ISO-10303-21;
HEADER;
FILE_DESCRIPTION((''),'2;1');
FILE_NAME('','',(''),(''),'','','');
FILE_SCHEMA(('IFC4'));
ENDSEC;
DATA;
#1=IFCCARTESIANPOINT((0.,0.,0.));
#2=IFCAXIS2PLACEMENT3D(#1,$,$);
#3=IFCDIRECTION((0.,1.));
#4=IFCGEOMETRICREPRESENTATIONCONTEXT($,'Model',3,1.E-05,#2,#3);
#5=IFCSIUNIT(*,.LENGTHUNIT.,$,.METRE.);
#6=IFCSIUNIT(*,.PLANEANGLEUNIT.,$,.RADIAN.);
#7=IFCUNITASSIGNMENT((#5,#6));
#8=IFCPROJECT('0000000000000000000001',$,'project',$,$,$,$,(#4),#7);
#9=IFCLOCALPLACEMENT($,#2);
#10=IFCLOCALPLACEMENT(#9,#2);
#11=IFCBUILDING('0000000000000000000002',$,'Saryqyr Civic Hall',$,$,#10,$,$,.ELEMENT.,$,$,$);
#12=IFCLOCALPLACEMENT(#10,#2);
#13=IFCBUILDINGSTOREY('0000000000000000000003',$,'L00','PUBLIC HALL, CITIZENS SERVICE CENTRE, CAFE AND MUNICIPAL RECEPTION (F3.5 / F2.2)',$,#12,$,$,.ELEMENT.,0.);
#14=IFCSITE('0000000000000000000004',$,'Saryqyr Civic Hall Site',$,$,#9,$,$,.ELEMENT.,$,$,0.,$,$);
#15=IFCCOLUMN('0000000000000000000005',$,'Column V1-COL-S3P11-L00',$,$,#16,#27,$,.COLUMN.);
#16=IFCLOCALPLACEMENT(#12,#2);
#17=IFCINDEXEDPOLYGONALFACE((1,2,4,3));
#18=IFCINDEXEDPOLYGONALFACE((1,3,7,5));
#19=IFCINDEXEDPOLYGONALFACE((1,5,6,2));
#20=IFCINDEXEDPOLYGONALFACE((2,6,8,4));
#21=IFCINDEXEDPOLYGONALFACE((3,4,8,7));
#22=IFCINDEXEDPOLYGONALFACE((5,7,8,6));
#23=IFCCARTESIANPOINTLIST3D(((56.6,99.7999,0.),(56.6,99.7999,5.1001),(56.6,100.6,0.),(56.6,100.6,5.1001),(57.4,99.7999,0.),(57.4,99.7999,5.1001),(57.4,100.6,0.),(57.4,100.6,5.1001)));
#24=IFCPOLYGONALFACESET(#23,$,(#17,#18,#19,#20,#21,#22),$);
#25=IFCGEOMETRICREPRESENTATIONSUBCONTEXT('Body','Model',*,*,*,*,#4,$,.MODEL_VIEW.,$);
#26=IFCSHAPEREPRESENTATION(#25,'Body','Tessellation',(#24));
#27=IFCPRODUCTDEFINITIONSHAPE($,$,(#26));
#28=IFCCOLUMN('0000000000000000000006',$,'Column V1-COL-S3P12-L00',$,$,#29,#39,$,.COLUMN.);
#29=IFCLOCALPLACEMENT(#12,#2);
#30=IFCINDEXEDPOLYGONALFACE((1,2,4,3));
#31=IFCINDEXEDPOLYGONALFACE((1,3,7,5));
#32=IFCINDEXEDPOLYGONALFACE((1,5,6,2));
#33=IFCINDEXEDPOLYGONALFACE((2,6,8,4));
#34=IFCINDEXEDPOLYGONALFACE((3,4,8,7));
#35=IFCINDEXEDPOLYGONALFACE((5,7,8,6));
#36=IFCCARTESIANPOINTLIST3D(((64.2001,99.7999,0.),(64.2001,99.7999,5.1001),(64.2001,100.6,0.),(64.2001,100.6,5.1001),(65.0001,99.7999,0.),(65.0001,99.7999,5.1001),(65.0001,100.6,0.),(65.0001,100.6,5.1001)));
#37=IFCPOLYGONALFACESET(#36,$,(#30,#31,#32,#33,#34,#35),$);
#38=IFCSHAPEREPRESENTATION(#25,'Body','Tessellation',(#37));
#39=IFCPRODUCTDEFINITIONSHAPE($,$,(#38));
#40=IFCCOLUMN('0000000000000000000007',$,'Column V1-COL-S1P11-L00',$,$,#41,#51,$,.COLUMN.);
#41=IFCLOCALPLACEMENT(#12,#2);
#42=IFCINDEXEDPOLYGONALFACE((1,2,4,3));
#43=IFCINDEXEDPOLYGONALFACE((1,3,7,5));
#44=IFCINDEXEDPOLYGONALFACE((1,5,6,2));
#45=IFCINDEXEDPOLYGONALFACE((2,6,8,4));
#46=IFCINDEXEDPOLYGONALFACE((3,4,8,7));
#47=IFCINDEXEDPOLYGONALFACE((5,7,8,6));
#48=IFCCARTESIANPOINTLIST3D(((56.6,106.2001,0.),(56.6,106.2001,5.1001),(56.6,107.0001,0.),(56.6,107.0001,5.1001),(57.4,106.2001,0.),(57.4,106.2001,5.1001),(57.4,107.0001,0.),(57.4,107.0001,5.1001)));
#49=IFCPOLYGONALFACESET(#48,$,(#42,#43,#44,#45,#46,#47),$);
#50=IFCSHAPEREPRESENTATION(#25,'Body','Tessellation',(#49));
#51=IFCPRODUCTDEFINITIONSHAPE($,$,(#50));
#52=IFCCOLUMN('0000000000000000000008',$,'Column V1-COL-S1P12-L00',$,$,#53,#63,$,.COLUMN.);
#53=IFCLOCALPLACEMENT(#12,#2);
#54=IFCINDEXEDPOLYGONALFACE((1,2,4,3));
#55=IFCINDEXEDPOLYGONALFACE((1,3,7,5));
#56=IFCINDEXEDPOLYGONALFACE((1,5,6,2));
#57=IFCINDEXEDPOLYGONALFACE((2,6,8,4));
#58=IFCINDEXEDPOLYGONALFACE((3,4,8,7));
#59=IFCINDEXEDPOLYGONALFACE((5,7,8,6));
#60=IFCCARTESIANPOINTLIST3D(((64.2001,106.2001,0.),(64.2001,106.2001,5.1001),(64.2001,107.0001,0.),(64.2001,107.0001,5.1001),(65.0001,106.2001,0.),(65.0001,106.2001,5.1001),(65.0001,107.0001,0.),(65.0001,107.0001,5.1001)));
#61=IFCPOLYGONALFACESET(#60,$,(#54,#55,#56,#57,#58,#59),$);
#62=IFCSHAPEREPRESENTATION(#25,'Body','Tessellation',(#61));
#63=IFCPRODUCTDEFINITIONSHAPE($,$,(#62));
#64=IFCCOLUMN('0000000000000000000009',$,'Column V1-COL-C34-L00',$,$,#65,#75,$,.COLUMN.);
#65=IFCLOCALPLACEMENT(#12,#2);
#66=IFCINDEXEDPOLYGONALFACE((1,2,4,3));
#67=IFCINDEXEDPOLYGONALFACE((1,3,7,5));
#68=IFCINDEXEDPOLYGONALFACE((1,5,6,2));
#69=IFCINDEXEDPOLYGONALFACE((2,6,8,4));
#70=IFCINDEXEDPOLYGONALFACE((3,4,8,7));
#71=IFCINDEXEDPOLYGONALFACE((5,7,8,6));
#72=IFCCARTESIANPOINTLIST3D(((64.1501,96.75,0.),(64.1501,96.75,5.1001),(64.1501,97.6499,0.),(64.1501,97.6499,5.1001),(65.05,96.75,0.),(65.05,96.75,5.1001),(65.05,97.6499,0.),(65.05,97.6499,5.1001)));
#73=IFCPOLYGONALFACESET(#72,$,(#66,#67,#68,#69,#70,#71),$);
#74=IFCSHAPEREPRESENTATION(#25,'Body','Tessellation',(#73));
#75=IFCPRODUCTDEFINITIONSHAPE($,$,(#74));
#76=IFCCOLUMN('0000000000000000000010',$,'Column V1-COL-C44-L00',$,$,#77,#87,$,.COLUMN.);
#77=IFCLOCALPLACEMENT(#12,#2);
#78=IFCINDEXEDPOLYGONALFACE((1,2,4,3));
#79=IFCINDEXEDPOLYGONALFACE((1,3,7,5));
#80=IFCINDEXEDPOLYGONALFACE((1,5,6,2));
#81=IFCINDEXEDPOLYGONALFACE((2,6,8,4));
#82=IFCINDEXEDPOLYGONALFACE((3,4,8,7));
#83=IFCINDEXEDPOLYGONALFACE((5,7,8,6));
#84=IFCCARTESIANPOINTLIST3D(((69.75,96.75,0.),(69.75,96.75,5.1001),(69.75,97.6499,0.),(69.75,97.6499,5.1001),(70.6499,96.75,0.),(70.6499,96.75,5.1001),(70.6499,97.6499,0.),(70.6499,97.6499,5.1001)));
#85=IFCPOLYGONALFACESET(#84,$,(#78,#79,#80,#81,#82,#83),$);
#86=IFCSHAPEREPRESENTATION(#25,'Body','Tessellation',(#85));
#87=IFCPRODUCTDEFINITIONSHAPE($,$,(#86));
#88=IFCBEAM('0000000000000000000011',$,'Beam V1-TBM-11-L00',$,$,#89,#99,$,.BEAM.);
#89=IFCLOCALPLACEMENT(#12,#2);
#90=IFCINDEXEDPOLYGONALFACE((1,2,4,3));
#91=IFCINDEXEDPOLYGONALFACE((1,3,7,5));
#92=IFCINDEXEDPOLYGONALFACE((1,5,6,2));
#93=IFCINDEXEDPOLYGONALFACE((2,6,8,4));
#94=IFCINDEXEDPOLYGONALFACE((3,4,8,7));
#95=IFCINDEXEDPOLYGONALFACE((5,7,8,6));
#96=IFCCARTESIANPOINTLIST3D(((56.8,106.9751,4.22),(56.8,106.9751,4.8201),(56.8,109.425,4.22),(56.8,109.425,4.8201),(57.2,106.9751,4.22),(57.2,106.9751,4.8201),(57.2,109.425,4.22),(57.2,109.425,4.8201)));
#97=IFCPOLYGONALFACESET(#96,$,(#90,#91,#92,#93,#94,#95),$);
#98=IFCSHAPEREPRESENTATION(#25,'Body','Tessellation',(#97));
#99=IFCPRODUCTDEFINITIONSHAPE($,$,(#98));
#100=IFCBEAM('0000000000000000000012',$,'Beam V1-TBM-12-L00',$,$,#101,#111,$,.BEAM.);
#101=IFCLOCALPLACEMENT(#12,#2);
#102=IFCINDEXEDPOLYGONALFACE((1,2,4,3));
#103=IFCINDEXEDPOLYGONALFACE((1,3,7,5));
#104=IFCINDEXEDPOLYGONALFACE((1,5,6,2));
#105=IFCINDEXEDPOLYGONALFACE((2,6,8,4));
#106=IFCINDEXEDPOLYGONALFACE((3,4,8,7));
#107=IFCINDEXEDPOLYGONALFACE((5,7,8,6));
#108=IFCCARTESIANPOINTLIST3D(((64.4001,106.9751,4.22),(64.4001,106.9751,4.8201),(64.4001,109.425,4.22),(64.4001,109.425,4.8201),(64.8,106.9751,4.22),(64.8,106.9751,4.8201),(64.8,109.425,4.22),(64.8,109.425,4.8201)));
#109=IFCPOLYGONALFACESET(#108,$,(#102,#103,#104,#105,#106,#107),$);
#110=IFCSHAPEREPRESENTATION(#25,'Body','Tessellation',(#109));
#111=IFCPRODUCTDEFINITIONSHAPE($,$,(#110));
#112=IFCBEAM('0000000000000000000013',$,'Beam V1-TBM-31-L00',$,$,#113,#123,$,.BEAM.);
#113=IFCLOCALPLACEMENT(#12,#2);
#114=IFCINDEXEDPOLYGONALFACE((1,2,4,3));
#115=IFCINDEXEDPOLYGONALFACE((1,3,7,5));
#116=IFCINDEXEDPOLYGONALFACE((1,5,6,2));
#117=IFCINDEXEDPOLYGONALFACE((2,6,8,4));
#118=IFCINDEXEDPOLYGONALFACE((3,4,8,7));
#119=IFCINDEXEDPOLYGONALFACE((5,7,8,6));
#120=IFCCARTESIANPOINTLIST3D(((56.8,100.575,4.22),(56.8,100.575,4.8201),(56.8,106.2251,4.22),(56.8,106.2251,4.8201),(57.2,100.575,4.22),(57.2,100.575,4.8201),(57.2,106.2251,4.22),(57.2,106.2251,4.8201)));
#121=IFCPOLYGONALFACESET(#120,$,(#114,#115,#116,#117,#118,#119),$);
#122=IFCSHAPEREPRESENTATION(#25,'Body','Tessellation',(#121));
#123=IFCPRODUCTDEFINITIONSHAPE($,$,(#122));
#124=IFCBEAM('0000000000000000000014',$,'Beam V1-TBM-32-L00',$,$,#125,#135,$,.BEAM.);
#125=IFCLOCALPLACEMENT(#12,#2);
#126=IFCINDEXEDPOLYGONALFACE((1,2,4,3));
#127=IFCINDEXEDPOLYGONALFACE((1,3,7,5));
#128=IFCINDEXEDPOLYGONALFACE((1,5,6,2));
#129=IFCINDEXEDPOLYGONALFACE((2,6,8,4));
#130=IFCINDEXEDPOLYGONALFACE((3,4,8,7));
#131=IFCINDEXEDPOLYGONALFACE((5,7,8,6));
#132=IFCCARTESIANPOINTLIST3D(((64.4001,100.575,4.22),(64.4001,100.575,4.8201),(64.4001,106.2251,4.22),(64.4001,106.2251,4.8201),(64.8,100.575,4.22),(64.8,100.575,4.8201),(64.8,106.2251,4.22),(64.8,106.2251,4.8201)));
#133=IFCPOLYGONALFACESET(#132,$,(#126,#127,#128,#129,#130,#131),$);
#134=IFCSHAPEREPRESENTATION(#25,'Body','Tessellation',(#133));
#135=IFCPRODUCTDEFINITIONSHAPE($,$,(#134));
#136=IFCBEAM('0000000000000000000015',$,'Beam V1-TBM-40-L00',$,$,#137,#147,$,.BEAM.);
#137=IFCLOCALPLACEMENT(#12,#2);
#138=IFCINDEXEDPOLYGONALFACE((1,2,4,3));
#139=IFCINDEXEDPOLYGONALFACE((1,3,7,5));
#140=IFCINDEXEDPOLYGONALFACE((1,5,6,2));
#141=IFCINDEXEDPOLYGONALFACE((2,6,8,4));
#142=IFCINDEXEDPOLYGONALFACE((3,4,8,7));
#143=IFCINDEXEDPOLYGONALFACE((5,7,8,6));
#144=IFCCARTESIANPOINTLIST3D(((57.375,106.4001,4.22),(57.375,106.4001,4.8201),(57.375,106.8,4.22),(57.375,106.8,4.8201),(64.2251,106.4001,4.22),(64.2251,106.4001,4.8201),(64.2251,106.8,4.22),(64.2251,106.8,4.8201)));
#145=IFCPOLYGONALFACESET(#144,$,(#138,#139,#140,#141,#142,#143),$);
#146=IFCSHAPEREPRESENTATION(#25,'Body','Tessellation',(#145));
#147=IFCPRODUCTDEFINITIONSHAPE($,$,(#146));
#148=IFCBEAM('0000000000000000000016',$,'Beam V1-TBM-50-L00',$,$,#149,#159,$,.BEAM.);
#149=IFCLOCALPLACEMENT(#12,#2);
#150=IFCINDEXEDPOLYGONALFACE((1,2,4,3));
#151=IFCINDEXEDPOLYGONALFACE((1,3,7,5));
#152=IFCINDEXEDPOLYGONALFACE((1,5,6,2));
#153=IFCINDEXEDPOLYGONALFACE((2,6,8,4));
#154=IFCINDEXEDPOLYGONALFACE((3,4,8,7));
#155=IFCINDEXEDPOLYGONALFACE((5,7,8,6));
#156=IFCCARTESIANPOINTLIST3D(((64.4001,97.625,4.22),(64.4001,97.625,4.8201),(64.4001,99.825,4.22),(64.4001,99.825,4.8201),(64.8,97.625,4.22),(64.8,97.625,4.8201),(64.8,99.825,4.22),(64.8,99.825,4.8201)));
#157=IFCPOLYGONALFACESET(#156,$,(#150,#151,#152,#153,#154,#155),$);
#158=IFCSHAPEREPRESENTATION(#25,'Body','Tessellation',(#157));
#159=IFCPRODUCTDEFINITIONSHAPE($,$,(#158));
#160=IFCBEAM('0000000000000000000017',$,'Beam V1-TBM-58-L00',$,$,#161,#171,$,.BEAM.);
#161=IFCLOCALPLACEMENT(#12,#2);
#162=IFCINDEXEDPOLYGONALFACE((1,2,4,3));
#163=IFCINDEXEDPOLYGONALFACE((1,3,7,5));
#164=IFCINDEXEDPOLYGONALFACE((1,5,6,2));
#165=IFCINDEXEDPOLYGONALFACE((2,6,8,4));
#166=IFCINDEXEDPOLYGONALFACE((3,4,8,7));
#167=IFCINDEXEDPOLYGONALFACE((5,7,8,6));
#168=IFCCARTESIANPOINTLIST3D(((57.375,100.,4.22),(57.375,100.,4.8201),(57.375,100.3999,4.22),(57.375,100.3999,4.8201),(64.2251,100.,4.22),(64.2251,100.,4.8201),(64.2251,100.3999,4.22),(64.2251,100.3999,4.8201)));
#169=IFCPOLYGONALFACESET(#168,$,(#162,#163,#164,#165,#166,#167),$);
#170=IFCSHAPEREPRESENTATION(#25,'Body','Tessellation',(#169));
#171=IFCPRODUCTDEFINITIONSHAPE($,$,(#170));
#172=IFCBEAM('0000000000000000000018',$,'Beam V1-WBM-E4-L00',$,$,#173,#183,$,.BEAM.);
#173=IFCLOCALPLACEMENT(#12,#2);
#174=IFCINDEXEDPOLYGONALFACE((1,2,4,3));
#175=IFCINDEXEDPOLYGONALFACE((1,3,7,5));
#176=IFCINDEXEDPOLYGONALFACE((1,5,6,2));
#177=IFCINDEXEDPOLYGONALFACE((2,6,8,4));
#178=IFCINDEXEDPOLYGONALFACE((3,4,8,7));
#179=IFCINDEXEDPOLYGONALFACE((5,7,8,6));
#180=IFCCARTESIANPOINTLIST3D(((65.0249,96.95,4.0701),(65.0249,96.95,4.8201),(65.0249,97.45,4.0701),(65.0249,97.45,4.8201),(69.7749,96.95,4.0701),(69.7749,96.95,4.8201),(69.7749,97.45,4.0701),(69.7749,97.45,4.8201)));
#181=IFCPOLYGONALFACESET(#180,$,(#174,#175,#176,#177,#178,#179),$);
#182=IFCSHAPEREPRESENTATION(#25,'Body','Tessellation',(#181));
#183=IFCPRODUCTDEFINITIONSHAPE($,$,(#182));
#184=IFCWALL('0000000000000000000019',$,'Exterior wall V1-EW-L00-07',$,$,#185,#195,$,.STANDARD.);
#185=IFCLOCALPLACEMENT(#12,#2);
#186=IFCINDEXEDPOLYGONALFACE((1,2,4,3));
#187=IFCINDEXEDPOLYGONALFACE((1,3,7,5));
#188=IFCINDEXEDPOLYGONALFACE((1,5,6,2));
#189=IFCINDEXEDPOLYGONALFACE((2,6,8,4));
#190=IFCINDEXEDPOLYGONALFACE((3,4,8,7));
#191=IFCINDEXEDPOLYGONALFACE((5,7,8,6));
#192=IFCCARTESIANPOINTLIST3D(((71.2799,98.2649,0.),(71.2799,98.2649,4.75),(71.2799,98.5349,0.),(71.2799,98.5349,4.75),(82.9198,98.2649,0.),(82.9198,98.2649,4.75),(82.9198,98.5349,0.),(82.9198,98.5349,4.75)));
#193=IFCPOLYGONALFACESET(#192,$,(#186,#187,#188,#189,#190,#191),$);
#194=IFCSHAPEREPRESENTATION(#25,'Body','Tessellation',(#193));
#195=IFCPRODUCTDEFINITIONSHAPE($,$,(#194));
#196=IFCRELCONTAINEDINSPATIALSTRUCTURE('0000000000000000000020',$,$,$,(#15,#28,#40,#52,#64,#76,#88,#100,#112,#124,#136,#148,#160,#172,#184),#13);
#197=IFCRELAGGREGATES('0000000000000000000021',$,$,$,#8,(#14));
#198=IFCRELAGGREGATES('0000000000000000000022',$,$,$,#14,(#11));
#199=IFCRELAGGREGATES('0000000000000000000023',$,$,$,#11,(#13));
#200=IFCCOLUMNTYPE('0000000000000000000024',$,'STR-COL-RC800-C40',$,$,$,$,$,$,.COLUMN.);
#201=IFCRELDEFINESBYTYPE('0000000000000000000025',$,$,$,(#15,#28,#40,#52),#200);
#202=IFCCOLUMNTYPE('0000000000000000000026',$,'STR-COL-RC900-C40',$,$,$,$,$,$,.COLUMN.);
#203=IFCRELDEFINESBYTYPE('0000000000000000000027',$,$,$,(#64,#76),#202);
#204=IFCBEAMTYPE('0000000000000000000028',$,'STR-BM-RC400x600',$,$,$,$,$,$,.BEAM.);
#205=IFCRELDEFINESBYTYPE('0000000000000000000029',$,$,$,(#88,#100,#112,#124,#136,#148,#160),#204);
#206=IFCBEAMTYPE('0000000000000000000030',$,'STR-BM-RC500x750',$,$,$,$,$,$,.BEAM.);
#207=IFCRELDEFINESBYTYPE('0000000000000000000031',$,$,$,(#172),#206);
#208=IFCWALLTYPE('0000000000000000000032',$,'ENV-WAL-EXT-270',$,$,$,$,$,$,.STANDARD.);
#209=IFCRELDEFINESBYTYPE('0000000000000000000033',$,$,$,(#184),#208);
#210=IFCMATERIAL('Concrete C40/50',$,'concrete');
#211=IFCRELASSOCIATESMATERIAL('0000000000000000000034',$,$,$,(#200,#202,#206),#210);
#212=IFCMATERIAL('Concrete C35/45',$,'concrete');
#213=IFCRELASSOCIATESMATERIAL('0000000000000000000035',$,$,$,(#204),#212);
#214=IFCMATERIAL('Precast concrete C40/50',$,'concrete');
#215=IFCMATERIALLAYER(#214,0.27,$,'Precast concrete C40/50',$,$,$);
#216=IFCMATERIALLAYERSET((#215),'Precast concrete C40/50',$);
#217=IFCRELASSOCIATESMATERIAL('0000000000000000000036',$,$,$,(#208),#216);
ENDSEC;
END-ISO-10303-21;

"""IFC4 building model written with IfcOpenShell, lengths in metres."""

from ifc_helpers import new_model, si_unit, direction, frame, frame_2d, origin, origin_2d, place, context, subcontext, project, spatial, rectangle, extrude, material, layer, layer_set, material_profile, profile_set, type_object, element, save


model = new_model("IFC4")

# Units and contexts
model_context = context("Model", 3, precision=1e-05, world=origin(), true_north=direction((0.0, 1.0)))
body_context = subcontext(model_context, "Body", "Model", "MODEL_VIEW")
ifc_project = project(units=[si_unit("LENGTHUNIT", "METRE"), si_unit("PLANEANGLEUNIT", "RADIAN")], contexts=[model_context])

# Site, building, storey
site_placement = place(None, origin())
site = spatial("IfcSite", under=ifc_project, at=site_placement, Name="Saryqyr Civic Hall Site", CompositionType="ELEMENT", RefElevation=0.0)
building_placement = place(site_placement, origin())
building = spatial("IfcBuilding", under=site, at=building_placement, Name="Saryqyr Civic Hall", CompositionType="ELEMENT")
storey_placement = place(building_placement, origin())
storey = spatial("IfcBuildingStorey", under=building, at=storey_placement, Name="L00", Description="PUBLIC HALL, CITIZENS SERVICE CENTRE, CAFE AND MUNICIPAL RECEPTION (F3.5 / F2.2)", CompositionType="ELEMENT", Elevation=0.0)

# Columns
ifc_material_1 = material(Name="Concrete C40/50", Category="concrete")
ifc_material_profile_1 = material_profile(ifc_material_1, rectangle(XDim=0.8, YDim=0.8, at=origin_2d()), Name="RC 800x800")
ifc_profile_set_1 = profile_set([ifc_material_profile_1], Name="Concrete C40/50")
column_type_1 = type_object("IfcColumnType", Name="STR-COL-RC800-C40", PredefinedType="COLUMN", material=ifc_profile_set_1)
for number, where, z_axis, x_axis, name in (
    (1, (57.0, 100.2, 0.0), (0.0, 0.0, 1.0), (1.0, 0.0, 0.0), "Column V1-COL-S3P11-L00"),
    (2, (64.6001, 100.2, 0.0), (0.0, 0.0, 1.0), (1.0, 0.0, 0.0), "Column V1-COL-S3P12-L00"),
    (3, (57.0, 106.6001, 0.0), (0.0, 0.0, 1.0), (1.0, 0.0, 0.0), "Column V1-COL-S1P11-L00"),
    (4, (64.6001, 106.6001, 0.0), (0.0, 0.0, 1.0), (1.0, 0.0, 0.0), "Column V1-COL-S1P12-L00"),
):
    element("IfcColumn", number, at=place(storey_placement, frame(where, z_axis=z_axis, x_axis=x_axis)), inside=storey, type_object=column_type_1, Name=name, PredefinedType="COLUMN", context=body_context, shape_type="SweptSolid", body=[
        extrude(rectangle(XDim=0.8, YDim=0.8, at=origin_2d()), origin(), (0.0, 0.0, 1.0), 5.1001),
    ])
ifc_material_profile_2 = material_profile(ifc_material_1, rectangle(XDim=0.8999, YDim=0.8999, at=origin_2d()), Name="RC 900x900")
ifc_profile_set_2 = profile_set([ifc_material_profile_2], Name="Concrete C40/50")
column_type_2 = type_object("IfcColumnType", Name="STR-COL-RC900-C40", PredefinedType="COLUMN", material=ifc_profile_set_2)
for number, where, z_axis, x_axis, name in (
    (5, (64.6001, 97.2, 0.0), (0.0, 0.0, 1.0), (1.0, 0.0, 0.0), "Column V1-COL-C34-L00"),
    (6, (70.2, 97.2, 0.0), (0.0, 0.0, 1.0), (1.0, 0.0, 0.0), "Column V1-COL-C44-L00"),
):
    element("IfcColumn", number, at=place(storey_placement, frame(where, z_axis=z_axis, x_axis=x_axis)), inside=storey, type_object=column_type_2, Name=name, PredefinedType="COLUMN", context=body_context, shape_type="SweptSolid", body=[
        extrude(rectangle(XDim=0.8999, YDim=0.8999, at=origin_2d()), origin(), (0.0, 0.0, 1.0), 5.1001),
    ])

# Beams
ifc_material_2 = material(Name="Concrete C35/45", Category="concrete")
ifc_material_profile_3 = material_profile(ifc_material_2, rectangle(XDim=0.3999, YDim=0.6001, at=origin_2d()), Name="RC 400x600")
ifc_profile_set_3 = profile_set([ifc_material_profile_3], Name="Concrete C35/45")
beam_type_1 = type_object("IfcBeamType", Name="STR-BM-RC400x600", PredefinedType="BEAM", material=ifc_profile_set_3)
for number, where, z_axis, x_axis, name in (
    (7, (57.0, 106.9751, 4.52), (0.0, 1.0, 0.0), (-1.0, 0.0, 0.0), "Beam V1-TBM-11-L00"),
    (8, (64.6001, 106.9751, 4.52), (0.0, 1.0, 0.0), (-1.0, 0.0, 0.0), "Beam V1-TBM-12-L00"),
):
    element("IfcBeam", number, at=place(storey_placement, frame(where, z_axis=z_axis, x_axis=x_axis)), inside=storey, type_object=beam_type_1, Name=name, PredefinedType="BEAM", context=body_context, shape_type="SweptSolid", body=[
        extrude(rectangle(XDim=0.3999, YDim=0.6001, at=origin_2d()), origin(), (0.0, 0.0, 1.0), 2.45),
    ])
for number, where, z_axis, x_axis, name in (
    (9, (57.0, 100.575, 4.52), (0.0, 1.0, 0.0), (-1.0, 0.0, 0.0), "Beam V1-TBM-31-L00"),
    (10, (64.6001, 100.575, 4.52), (0.0, 1.0, 0.0), (-1.0, 0.0, 0.0), "Beam V1-TBM-32-L00"),
):
    element("IfcBeam", number, at=place(storey_placement, frame(where, z_axis=z_axis, x_axis=x_axis)), inside=storey, type_object=beam_type_1, Name=name, PredefinedType="BEAM", context=body_context, shape_type="SweptSolid", body=[
        extrude(rectangle(XDim=0.3999, YDim=0.6001, at=origin_2d()), origin(), (0.0, 0.0, 1.0), 5.6501),
    ])
beam_1_placement = place(storey_placement, frame((57.375, 106.6001, 4.52), z_axis=(1.0, 0.0, 0.0), x_axis=(0.0, 1.0, 0.0)))
element("IfcBeam", 11, at=beam_1_placement, inside=storey, type_object=beam_type_1, Name="Beam V1-TBM-40-L00", PredefinedType="BEAM", context=body_context, shape_type="SweptSolid", body=[
    extrude(rectangle(XDim=0.3999, YDim=0.6001, at=origin_2d()), origin(), (0.0, 0.0, 1.0), 6.8501),
])
beam_2_placement = place(storey_placement, frame((64.6001, 97.625, 4.52), z_axis=(0.0, 1.0, 0.0), x_axis=(-1.0, 0.0, 0.0)))
element("IfcBeam", 12, at=beam_2_placement, inside=storey, type_object=beam_type_1, Name="Beam V1-TBM-50-L00", PredefinedType="BEAM", context=body_context, shape_type="SweptSolid", body=[
    extrude(rectangle(XDim=0.3999, YDim=0.6001, at=origin_2d()), origin(), (0.0, 0.0, 1.0), 2.2),
])
beam_3_placement = place(storey_placement, frame((57.375, 100.2, 4.52), z_axis=(1.0, 0.0, 0.0), x_axis=(0.0, 1.0, 0.0)))
element("IfcBeam", 13, at=beam_3_placement, inside=storey, type_object=beam_type_1, Name="Beam V1-TBM-58-L00", PredefinedType="BEAM", context=body_context, shape_type="SweptSolid", body=[
    extrude(rectangle(XDim=0.3999, YDim=0.6001, at=origin_2d()), origin(), (0.0, 0.0, 1.0), 6.8501),
])
ifc_material_profile_4 = material_profile(ifc_material_1, rectangle(XDim=0.5, YDim=0.75, at=origin_2d()), Name="RC 500x750")
ifc_profile_set_4 = profile_set([ifc_material_profile_4], Name="Concrete C40/50")
beam_type_2 = type_object("IfcBeamType", Name="STR-BM-RC500x750", PredefinedType="BEAM", material=ifc_profile_set_4)
beam_4_placement = place(storey_placement, frame((65.0249, 97.2, 4.4451), z_axis=(1.0, 0.0, 0.0), x_axis=(0.0, 1.0, 0.0)))
element("IfcBeam", 14, at=beam_4_placement, inside=storey, type_object=beam_type_2, Name="Beam V1-WBM-E4-L00", PredefinedType="BEAM", context=body_context, shape_type="SweptSolid", body=[
    extrude(rectangle(XDim=0.5, YDim=0.75, at=origin_2d()), origin(), (0.0, 0.0, 1.0), 4.75),
])

# Wall
ifc_material_3 = material(Name="Precast concrete C40/50", Category="concrete")
ifc_layer_1 = layer(ifc_material_3, 0.27, Name="Precast concrete C40/50")
ifc_layer_set_1 = layer_set([ifc_layer_1], Name="Precast concrete C40/50")
wall_type_1 = type_object("IfcWallType", Name="ENV-WAL-EXT-270", PredefinedType="STANDARD", material=ifc_layer_set_1)
wall_1_placement = place(storey_placement, frame((71.28, 98.3999, 0.0), z_axis=(0.0, 0.0, 1.0), x_axis=(1.0, 0.0, 0.0)))
element("IfcWall", 15, at=wall_1_placement, inside=storey, type_object=wall_type_1, Name="Exterior wall V1-EW-L00-07", PredefinedType="STANDARD", context=body_context, shape_type="SweptSolid", body=[
    extrude(rectangle(XDim=11.6399, YDim=0.27, at=frame_2d((5.8198, 0.0))), origin(), (0.0, 0.0, 1.0), 4.75),
])

save(model, "model.ifc")
